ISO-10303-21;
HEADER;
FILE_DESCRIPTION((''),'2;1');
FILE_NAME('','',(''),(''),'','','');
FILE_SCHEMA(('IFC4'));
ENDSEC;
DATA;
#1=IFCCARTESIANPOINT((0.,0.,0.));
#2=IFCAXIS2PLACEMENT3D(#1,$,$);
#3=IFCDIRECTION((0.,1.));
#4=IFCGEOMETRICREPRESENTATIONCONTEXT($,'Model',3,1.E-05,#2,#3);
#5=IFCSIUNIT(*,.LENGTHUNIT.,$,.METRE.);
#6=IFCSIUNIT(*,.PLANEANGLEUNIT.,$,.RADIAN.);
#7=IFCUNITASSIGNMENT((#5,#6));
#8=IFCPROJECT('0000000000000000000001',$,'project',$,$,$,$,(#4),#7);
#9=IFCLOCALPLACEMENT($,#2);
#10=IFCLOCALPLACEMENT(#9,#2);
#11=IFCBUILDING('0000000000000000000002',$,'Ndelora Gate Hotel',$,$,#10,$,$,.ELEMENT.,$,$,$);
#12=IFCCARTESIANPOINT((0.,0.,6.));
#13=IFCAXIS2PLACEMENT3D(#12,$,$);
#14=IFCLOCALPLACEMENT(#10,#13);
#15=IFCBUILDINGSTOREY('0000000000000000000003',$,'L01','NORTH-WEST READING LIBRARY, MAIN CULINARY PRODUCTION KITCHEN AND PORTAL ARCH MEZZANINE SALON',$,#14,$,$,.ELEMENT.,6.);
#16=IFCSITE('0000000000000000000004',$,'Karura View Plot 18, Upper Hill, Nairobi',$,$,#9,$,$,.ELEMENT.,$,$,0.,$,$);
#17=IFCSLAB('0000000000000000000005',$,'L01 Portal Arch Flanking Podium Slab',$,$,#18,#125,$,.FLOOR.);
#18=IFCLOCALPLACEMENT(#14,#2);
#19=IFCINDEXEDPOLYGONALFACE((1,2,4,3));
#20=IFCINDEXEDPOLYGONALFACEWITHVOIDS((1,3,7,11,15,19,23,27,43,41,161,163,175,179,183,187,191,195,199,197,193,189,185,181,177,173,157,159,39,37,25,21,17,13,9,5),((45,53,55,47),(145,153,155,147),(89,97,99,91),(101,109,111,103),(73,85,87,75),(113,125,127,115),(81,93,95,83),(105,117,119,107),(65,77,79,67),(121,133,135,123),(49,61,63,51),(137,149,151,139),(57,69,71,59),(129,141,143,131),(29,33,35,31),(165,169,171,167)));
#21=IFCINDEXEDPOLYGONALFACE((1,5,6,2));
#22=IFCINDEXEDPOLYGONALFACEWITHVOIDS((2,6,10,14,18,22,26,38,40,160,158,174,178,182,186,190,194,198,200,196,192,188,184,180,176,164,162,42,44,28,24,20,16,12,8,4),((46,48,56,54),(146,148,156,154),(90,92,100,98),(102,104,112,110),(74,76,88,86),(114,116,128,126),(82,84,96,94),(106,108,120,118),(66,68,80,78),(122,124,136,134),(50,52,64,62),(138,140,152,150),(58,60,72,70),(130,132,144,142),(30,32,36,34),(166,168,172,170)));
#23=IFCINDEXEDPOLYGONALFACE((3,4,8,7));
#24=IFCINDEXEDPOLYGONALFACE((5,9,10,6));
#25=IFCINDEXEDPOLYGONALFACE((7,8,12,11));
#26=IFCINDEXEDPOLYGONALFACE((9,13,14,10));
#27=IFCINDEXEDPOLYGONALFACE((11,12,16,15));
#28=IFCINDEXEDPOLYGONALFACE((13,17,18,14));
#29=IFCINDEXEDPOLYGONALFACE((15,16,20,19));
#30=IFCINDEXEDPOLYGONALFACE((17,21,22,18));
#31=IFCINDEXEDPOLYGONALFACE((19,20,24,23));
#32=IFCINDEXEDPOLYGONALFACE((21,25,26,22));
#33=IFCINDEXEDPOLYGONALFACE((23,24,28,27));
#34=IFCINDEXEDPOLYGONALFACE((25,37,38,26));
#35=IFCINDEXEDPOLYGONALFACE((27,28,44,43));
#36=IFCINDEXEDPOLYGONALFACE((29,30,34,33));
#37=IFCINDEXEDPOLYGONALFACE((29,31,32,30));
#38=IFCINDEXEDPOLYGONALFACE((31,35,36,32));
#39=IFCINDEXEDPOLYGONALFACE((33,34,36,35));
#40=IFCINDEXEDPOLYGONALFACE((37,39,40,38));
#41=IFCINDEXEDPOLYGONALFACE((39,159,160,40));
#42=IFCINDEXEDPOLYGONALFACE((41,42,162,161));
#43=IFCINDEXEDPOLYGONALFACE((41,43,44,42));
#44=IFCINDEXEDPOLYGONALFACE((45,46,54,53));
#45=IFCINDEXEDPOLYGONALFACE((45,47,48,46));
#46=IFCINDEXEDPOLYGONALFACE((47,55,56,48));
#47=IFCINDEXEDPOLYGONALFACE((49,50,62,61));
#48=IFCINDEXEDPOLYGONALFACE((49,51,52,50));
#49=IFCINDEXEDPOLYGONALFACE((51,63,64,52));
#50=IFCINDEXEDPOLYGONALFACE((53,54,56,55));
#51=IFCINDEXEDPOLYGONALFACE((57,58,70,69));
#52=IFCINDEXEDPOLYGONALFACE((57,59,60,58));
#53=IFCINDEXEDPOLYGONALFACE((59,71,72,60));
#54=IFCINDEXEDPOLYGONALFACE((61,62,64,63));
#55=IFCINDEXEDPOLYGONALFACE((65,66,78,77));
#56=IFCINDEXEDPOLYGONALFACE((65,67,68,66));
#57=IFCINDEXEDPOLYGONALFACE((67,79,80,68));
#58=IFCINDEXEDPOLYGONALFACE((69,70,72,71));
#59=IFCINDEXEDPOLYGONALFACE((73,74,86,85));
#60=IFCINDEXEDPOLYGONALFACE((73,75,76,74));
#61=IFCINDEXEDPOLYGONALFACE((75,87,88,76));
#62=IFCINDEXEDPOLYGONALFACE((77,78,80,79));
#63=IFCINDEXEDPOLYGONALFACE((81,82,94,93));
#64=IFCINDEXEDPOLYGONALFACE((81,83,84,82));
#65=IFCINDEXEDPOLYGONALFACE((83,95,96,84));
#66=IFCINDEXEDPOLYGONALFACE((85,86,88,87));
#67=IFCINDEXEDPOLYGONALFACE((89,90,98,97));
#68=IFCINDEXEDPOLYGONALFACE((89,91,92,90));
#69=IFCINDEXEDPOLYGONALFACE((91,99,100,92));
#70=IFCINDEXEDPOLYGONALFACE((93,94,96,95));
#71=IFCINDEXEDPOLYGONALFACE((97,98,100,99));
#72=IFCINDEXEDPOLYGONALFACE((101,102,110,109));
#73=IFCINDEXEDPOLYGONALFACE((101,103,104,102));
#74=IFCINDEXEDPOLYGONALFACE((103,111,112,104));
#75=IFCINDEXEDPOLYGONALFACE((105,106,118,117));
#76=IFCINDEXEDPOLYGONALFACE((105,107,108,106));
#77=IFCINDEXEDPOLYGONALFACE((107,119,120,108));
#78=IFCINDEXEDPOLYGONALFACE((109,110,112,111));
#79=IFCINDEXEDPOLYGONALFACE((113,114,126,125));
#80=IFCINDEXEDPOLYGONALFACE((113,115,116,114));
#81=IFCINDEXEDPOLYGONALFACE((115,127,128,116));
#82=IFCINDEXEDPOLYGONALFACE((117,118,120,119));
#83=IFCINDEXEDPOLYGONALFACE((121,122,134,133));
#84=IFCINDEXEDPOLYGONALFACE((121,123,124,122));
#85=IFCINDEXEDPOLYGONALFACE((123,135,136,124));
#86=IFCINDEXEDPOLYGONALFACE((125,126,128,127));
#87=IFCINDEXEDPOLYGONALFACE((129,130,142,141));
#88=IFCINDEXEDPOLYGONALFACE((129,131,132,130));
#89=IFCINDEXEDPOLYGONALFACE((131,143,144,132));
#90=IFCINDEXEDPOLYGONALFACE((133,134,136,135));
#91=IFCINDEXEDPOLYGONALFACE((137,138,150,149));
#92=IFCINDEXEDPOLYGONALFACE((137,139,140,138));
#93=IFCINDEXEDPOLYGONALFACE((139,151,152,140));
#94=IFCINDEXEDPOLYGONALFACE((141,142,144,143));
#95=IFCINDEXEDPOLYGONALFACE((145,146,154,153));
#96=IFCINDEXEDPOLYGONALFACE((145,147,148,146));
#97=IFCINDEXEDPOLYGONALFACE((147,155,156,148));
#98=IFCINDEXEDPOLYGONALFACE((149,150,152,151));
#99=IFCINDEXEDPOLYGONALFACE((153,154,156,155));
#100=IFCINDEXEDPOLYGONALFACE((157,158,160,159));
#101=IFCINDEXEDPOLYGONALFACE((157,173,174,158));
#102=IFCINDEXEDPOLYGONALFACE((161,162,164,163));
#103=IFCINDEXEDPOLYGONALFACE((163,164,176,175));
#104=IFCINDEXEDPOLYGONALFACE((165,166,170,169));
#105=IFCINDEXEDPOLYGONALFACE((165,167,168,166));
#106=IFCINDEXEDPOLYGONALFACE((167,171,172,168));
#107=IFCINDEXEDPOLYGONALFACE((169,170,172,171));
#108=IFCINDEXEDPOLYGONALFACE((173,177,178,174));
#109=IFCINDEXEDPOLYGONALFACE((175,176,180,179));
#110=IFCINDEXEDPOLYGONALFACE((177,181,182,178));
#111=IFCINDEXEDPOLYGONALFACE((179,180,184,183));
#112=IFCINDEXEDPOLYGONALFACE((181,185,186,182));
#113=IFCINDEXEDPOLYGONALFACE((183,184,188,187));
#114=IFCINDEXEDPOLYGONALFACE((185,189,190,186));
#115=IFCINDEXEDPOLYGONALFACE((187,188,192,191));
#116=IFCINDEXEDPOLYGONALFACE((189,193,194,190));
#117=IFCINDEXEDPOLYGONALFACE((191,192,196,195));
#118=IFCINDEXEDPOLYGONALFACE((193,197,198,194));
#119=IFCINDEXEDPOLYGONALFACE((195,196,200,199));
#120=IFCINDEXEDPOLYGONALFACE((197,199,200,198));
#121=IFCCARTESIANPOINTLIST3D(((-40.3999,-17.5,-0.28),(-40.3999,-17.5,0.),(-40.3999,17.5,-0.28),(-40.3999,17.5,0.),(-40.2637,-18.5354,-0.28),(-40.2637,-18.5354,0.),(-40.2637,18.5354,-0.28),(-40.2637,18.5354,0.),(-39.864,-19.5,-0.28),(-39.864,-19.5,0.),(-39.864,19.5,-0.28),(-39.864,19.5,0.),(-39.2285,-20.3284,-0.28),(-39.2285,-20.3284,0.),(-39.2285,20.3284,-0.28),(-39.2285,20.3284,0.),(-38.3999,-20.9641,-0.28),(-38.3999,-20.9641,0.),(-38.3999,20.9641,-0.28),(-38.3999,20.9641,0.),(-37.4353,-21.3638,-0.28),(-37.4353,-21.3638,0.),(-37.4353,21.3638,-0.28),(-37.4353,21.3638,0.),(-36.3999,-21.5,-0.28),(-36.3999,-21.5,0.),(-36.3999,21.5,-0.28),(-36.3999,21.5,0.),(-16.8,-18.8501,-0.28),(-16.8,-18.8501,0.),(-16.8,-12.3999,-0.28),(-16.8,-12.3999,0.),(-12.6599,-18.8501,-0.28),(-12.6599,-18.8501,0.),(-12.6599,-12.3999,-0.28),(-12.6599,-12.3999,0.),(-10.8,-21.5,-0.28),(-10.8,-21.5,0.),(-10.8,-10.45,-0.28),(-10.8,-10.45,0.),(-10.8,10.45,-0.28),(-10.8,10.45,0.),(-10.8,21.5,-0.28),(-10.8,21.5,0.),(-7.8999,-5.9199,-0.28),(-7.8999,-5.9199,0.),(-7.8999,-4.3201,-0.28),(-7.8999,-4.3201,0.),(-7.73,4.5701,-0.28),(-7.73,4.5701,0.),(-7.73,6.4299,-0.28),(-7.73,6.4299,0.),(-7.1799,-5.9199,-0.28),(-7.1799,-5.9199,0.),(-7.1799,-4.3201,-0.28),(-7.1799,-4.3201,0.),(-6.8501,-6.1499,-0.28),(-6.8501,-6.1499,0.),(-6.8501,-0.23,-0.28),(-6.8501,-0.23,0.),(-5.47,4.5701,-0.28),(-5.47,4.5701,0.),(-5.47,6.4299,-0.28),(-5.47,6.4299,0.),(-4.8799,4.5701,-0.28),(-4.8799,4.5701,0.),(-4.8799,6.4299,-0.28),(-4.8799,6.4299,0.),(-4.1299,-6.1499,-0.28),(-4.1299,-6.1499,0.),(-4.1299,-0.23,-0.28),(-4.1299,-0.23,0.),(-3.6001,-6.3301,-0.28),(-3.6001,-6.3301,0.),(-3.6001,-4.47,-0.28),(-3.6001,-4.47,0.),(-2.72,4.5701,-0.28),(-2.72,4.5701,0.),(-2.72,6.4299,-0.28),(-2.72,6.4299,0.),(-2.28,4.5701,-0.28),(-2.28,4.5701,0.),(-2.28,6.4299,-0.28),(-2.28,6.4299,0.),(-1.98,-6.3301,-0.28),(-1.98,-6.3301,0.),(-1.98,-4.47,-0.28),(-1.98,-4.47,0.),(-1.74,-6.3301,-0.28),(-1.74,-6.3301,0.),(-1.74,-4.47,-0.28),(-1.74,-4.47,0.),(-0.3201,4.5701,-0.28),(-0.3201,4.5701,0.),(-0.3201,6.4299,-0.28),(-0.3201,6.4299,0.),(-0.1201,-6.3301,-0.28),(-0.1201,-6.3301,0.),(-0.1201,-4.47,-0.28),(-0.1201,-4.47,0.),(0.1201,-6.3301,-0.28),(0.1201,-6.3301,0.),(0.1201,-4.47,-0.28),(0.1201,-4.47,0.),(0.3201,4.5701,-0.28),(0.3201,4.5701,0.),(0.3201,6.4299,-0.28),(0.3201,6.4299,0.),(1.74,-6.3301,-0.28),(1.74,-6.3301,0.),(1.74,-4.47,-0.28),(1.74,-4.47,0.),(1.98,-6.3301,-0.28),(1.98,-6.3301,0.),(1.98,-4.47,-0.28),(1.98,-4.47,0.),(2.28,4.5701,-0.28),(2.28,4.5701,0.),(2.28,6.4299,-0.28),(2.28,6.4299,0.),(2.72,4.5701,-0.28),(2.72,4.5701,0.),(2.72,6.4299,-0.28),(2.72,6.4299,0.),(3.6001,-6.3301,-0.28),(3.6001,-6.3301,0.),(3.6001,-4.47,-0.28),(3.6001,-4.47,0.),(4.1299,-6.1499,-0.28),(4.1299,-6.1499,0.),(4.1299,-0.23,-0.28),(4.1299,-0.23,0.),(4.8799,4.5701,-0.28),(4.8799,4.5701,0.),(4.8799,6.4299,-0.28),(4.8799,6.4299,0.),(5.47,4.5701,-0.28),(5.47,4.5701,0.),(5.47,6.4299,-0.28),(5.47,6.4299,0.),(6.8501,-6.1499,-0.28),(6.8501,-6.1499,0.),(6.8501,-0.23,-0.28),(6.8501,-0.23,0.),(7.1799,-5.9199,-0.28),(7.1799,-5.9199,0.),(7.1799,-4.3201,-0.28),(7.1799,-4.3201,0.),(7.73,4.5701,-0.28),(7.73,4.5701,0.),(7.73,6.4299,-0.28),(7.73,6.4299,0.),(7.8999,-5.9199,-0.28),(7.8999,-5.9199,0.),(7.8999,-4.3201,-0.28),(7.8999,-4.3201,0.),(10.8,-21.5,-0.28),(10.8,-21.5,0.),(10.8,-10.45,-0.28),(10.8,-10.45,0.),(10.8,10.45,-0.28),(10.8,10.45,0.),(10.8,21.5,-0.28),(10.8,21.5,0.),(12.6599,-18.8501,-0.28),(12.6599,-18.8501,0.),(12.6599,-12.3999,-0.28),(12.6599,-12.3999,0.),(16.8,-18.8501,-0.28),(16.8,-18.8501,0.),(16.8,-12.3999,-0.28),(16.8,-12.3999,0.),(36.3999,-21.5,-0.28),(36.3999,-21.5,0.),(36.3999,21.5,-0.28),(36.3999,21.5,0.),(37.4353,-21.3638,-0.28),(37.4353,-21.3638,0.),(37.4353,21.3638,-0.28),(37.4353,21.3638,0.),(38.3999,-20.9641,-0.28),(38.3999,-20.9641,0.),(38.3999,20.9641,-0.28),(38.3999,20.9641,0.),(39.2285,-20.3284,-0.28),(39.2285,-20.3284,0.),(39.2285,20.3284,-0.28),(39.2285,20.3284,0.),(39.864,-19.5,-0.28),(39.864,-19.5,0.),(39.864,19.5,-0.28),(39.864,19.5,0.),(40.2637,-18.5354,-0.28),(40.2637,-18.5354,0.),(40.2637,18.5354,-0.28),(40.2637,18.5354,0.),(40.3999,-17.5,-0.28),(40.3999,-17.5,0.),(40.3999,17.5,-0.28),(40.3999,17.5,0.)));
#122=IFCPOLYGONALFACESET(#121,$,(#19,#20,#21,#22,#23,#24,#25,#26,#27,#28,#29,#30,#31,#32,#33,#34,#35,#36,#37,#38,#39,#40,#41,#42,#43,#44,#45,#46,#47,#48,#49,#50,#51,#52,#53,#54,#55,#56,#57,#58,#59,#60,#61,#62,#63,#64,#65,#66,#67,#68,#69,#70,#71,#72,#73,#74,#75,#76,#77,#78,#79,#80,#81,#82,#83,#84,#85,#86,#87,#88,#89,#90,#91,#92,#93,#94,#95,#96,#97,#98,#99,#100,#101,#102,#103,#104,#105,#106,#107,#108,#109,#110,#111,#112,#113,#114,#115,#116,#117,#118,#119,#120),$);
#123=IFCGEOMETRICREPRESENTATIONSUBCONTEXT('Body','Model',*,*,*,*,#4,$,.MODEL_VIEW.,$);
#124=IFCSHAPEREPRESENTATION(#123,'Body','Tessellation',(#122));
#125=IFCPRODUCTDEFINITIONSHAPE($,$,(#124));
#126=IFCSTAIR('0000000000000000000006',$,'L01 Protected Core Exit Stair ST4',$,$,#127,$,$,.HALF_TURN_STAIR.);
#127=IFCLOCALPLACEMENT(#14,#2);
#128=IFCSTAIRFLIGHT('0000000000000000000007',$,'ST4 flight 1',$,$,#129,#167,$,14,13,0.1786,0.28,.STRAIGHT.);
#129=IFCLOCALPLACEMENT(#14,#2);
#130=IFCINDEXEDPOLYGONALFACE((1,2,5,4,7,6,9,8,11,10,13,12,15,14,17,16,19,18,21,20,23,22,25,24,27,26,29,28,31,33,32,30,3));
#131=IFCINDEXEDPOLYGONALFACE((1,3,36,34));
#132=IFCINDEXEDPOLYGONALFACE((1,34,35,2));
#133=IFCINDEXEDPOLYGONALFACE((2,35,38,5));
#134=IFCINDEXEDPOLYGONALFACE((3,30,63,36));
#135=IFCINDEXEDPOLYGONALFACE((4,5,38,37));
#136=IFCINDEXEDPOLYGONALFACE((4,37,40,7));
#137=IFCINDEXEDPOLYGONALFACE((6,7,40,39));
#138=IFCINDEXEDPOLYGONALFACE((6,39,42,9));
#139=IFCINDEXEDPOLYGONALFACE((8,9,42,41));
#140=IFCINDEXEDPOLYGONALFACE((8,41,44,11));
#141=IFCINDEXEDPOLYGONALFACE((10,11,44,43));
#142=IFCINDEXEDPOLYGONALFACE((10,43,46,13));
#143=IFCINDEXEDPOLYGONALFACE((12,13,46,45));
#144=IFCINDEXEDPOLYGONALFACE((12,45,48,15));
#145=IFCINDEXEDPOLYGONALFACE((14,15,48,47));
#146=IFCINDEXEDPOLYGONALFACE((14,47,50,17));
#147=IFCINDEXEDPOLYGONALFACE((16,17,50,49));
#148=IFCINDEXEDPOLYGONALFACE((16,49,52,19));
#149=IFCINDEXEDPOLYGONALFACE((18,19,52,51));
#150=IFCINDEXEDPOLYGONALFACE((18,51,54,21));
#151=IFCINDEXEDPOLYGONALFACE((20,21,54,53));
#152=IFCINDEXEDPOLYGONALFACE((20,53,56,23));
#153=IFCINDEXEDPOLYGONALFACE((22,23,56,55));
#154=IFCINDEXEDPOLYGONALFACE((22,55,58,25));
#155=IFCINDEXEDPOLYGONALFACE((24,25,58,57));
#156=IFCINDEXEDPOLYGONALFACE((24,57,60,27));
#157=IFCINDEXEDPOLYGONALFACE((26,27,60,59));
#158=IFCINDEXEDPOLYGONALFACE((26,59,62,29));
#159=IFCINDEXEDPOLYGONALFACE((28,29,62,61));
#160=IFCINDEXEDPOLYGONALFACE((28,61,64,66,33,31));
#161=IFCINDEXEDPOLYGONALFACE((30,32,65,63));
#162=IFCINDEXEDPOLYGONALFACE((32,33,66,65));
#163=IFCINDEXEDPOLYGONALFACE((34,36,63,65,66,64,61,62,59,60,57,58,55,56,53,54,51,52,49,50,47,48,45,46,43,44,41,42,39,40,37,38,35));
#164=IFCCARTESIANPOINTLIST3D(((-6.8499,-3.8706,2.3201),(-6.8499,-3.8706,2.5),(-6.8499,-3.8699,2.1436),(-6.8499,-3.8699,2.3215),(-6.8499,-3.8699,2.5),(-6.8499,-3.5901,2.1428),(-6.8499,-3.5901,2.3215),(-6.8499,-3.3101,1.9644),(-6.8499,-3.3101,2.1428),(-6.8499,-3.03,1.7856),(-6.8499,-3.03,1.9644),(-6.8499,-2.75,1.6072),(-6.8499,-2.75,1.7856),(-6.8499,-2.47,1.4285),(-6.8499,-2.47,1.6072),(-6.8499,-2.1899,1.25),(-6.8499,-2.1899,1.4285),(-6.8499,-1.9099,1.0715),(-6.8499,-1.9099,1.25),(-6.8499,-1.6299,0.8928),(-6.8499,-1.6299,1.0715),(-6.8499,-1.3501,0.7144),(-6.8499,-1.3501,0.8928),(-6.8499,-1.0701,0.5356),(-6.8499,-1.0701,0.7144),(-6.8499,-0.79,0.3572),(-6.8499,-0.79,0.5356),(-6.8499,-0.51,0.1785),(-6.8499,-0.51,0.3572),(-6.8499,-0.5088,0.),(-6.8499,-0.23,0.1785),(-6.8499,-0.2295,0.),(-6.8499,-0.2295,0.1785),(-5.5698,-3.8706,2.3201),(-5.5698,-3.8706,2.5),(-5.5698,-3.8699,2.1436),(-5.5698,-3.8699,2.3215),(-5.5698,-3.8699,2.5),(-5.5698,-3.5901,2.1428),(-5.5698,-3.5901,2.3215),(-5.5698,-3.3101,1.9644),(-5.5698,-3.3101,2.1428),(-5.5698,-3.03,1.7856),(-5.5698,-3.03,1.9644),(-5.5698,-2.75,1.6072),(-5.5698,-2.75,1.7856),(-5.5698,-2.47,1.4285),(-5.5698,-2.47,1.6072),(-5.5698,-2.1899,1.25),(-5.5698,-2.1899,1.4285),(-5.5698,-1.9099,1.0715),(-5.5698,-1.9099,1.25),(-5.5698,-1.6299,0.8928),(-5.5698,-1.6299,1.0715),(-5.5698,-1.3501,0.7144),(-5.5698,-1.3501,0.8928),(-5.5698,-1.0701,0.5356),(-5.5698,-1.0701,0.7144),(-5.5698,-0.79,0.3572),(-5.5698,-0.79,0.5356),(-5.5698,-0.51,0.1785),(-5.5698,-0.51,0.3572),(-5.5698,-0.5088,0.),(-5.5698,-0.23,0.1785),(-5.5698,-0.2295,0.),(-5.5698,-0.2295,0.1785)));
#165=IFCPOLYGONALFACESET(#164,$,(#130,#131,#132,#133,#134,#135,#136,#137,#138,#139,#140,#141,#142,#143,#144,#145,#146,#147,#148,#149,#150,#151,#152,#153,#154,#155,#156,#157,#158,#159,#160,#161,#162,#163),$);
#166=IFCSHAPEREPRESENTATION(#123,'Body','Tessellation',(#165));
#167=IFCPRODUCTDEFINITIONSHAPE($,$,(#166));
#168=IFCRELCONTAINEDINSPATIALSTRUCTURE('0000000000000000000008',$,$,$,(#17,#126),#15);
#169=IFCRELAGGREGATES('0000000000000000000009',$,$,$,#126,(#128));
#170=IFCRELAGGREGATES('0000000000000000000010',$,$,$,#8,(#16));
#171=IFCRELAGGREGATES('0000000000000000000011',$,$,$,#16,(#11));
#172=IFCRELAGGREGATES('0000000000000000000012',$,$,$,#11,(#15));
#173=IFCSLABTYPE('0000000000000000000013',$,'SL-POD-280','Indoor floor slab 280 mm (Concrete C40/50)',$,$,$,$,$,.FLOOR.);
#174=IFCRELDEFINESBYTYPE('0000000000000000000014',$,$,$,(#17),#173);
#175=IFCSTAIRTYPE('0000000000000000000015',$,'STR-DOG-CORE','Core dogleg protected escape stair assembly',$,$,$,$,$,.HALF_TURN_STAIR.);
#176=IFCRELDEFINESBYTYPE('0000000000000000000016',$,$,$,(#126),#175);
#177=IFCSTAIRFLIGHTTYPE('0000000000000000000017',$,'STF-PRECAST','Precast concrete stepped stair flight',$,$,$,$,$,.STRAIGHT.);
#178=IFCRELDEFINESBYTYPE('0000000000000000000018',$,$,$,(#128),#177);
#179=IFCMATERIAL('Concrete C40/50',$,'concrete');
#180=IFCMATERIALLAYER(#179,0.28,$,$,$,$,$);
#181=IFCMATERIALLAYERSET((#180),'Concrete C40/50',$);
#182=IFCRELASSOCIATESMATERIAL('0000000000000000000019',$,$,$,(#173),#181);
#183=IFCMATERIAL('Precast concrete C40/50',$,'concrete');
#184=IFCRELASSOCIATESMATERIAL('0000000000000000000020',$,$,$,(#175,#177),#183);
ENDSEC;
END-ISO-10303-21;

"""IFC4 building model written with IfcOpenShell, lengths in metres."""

from ifc_helpers import new_model, si_unit, direction, frame, origin, place, context, subcontext, project, spatial, polyline, outline, extrude, material, layer, layer_set, type_object, element, aggregate, save


model = new_model("IFC4")

# Units and contexts
model_context = context("Model", 3, precision=1e-05, world=origin(), true_north=direction((0.0, 1.0)))
body_context = subcontext(model_context, "Body", "Model", "MODEL_VIEW")
ifc_project = project(units=[si_unit("LENGTHUNIT", "METRE"), si_unit("PLANEANGLEUNIT", "RADIAN")], contexts=[model_context])

# Site, building, storey
site_placement = place(None, origin())
site = spatial("IfcSite", under=ifc_project, at=site_placement, Name="Karura View Plot 18, Upper Hill, Nairobi", CompositionType="ELEMENT", RefElevation=0.0)
building_placement = place(site_placement, origin())
building = spatial("IfcBuilding", under=site, at=building_placement, Name="Ndelora Gate Hotel", CompositionType="ELEMENT")
storey_placement = place(building_placement, frame((0.0, 0.0, 6.0)))
storey = spatial("IfcBuildingStorey", under=building, at=storey_placement, Name="L01", Description="NORTH-WEST READING LIBRARY, MAIN CULINARY PRODUCTION KITCHEN AND PORTAL ARCH MEZZANINE SALON", CompositionType="ELEMENT", Elevation=6.0)

# Slab
ifc_material_1 = material(Name="Concrete C40/50", Category="concrete")
ifc_layer_1 = layer(ifc_material_1, 0.28)
ifc_layer_set_1 = layer_set([ifc_layer_1], Name="Concrete C40/50")
slab_type = type_object("IfcSlabType", Name="SL-POD-280", Description="Indoor floor slab 280 mm (Concrete C40/50)", PredefinedType="FLOOR", material=ifc_layer_set_1)
slab_placement = place(storey_placement, frame((0.0, 0.0, -0.28)))
element("IfcSlab", 1, at=slab_placement, inside=storey, type_object=slab_type, Name="L01 Portal Arch Flanking Podium Slab", PredefinedType="FLOOR", context=body_context, shape_type="SweptSolid", body=[
    extrude(outline(polyline([(-36.3999, -21.5), (-10.8, -21.5), (-10.8, -10.45), (10.8, -10.45), (10.8, -21.5), (36.3999, -21.5), (37.4353, -21.3638), (38.3999, -20.9641), (39.2285, -20.3284), (39.864, -19.5), (40.2637, -18.5354), (40.3999, -17.5), (40.3999, 17.5), (40.2637, 18.5354), (39.864, 19.5), (39.2285, 20.3284), (38.3999, 20.9641), (37.4353, 21.3638), (36.3999, 21.5), (10.8, 21.5), (10.8, 10.45), (-10.8, 10.45), (-10.8, 21.5), (-36.3999, 21.5), (-37.4353, 21.3638), (-38.3999, 20.9641), (-39.2285, 20.3284), (-39.864, 19.5), (-40.2637, 18.5354), (-40.3999, 17.5), (-40.3999, -17.5), (-40.2637, -18.5354), (-39.864, -19.5), (-39.2285, -20.3284), (-38.3999, -20.9641), (-37.4353, -21.3638), (-36.3999, -21.5)]), holes=[polyline([(-6.8501, -0.23), (-6.8501, -6.1499), (-4.1299, -6.1499), (-4.1299, -0.23), (-6.8501, -0.23)]), polyline([(4.1299, -0.23), (4.1299, -6.1499), (6.8501, -6.1499), (6.8501, -0.23), (4.1299, -0.23)]), polyline([(-16.8, -12.3999), (-16.8, -18.8501), (-12.6599, -18.8501), (-12.6599, -12.3999), (-16.8, -12.3999)]), polyline([(12.6599, -12.3999), (12.6599, -18.8501), (16.8, -18.8501), (16.8, -12.3999), (12.6599, -12.3999)]), polyline([(-7.73, 4.5701), (-5.47, 4.5701), (-5.47, 6.4299), (-7.73, 6.4299), (-7.73, 4.5701)]), polyline([(5.47, 4.5701), (7.73, 4.5701), (7.73, 6.4299), (5.47, 6.4299), (5.47, 4.5701)]), polyline([(-4.8799, 4.5701), (-2.72, 4.5701), (-2.72, 6.4299), (-4.8799, 6.4299), (-4.8799, 4.5701)]), polyline([(2.72, 4.5701), (4.8799, 4.5701), (4.8799, 6.4299), (2.72, 6.4299), (2.72, 4.5701)]), polyline([(-3.6001, -6.3301), (-1.98, -6.3301), (-1.98, -4.47), (-3.6001, -4.47), (-3.6001, -6.3301)]), polyline([(-1.74, -6.3301), (-0.1201, -6.3301), (-0.1201, -4.47), (-1.74, -4.47), (-1.74, -6.3301)]), polyline([(0.1201, -6.3301), (1.74, -6.3301), (1.74, -4.47), (0.1201, -4.47), (0.1201, -6.3301)]), polyline([(1.98, -6.3301), (3.6001, -6.3301), (3.6001, -4.47), (1.98, -4.47), (1.98, -6.3301)]), polyline([(-2.28, 4.5701), (-0.3201, 4.5701), (-0.3201, 6.4299), (-2.28, 6.4299), (-2.28, 4.5701)]), polyline([(0.3201, 4.5701), (2.28, 4.5701), (2.28, 6.4299), (0.3201, 6.4299), (0.3201, 4.5701)]), polyline([(-7.8999, -5.9199), (-7.1799, -5.9199), (-7.1799, -4.3201), (-7.8999, -4.3201), (-7.8999, -5.9199)]), polyline([(7.1799, -5.9199), (7.8999, -5.9199), (7.8999, -4.3201), (7.1799, -4.3201), (7.1799, -5.9199)])]), origin(), (0.0, 0.0, 1.0), 0.28),
])

# Stair, stair flight
ifc_material_2 = material(Name="Precast concrete C40/50", Category="concrete")
stair_type = type_object("IfcStairType", Name="STR-DOG-CORE", Description="Core dogleg protected escape stair assembly", PredefinedType="HALF_TURN_STAIR", material=ifc_material_2)
stair_placement = place(storey_placement, origin())
stair = element("IfcStair", 2, at=stair_placement, inside=storey, type_object=stair_type, Name="L01 Protected Core Exit Stair ST4", PredefinedType="HALF_TURN_STAIR")
stair_flight_type = type_object("IfcStairFlightType", Name="STF-PRECAST", Description="Precast concrete stepped stair flight", PredefinedType="STRAIGHT", material=ifc_material_2)
stair_flight_1_placement = place(storey_placement, frame((-6.21, -0.23, 0.0), z_axis=(0.0, 0.0, 1.0), x_axis=(0.0, -1.0, 0.0)))
stair_flight_1 = element("IfcStairFlight", 3, at=stair_flight_1_placement, type_object=stair_flight_type, Name="ST4 flight 1", NumberOfRisers=14, NumberOfTreads=13, PredefinedType="STRAIGHT", RiserHeight=0.1786, TreadLength=0.28, context=body_context, shape_type="SweptSolid", body=[
    extrude(outline(polyline([(-0.0005, 0.0), (-0.0005, 0.1785), (0.0, 0.1785), (0.28, 0.1785), (0.28, 0.3572), (0.5601, 0.3572), (0.5601, 0.5356), (0.8401, 0.5356), (0.8401, 0.7144), (1.1201, 0.7144), (1.1201, 0.8928), (1.3999, 0.8928), (1.3999, 1.0715), (1.6799, 1.0715), (1.6799, 1.25), (1.96, 1.25), (1.96, 1.4285), (2.24, 1.4285), (2.24, 1.6072), (2.52, 1.6072), (2.52, 1.7856), (2.8, 1.7856), (2.8, 1.9644), (3.0801, 1.9644), (3.0801, 2.1428), (3.3601, 2.1428), (3.3601, 2.3215), (3.6399, 2.3215), (3.6399, 2.5), (3.6406, 2.5), (3.6406, 2.3201), (3.6399, 2.1436), (0.2788, 0.0), (-0.0005, 0.0)])), frame((0.0, 0.6401, 0.0), z_axis=(0.0, -1.0, 0.0), x_axis=(1.0, 0.0, 0.0)), (0.0, 0.0, 1.0), 1.28),
])
aggregate(stair, [stair_flight_1])

save(model, "model.ifc")
